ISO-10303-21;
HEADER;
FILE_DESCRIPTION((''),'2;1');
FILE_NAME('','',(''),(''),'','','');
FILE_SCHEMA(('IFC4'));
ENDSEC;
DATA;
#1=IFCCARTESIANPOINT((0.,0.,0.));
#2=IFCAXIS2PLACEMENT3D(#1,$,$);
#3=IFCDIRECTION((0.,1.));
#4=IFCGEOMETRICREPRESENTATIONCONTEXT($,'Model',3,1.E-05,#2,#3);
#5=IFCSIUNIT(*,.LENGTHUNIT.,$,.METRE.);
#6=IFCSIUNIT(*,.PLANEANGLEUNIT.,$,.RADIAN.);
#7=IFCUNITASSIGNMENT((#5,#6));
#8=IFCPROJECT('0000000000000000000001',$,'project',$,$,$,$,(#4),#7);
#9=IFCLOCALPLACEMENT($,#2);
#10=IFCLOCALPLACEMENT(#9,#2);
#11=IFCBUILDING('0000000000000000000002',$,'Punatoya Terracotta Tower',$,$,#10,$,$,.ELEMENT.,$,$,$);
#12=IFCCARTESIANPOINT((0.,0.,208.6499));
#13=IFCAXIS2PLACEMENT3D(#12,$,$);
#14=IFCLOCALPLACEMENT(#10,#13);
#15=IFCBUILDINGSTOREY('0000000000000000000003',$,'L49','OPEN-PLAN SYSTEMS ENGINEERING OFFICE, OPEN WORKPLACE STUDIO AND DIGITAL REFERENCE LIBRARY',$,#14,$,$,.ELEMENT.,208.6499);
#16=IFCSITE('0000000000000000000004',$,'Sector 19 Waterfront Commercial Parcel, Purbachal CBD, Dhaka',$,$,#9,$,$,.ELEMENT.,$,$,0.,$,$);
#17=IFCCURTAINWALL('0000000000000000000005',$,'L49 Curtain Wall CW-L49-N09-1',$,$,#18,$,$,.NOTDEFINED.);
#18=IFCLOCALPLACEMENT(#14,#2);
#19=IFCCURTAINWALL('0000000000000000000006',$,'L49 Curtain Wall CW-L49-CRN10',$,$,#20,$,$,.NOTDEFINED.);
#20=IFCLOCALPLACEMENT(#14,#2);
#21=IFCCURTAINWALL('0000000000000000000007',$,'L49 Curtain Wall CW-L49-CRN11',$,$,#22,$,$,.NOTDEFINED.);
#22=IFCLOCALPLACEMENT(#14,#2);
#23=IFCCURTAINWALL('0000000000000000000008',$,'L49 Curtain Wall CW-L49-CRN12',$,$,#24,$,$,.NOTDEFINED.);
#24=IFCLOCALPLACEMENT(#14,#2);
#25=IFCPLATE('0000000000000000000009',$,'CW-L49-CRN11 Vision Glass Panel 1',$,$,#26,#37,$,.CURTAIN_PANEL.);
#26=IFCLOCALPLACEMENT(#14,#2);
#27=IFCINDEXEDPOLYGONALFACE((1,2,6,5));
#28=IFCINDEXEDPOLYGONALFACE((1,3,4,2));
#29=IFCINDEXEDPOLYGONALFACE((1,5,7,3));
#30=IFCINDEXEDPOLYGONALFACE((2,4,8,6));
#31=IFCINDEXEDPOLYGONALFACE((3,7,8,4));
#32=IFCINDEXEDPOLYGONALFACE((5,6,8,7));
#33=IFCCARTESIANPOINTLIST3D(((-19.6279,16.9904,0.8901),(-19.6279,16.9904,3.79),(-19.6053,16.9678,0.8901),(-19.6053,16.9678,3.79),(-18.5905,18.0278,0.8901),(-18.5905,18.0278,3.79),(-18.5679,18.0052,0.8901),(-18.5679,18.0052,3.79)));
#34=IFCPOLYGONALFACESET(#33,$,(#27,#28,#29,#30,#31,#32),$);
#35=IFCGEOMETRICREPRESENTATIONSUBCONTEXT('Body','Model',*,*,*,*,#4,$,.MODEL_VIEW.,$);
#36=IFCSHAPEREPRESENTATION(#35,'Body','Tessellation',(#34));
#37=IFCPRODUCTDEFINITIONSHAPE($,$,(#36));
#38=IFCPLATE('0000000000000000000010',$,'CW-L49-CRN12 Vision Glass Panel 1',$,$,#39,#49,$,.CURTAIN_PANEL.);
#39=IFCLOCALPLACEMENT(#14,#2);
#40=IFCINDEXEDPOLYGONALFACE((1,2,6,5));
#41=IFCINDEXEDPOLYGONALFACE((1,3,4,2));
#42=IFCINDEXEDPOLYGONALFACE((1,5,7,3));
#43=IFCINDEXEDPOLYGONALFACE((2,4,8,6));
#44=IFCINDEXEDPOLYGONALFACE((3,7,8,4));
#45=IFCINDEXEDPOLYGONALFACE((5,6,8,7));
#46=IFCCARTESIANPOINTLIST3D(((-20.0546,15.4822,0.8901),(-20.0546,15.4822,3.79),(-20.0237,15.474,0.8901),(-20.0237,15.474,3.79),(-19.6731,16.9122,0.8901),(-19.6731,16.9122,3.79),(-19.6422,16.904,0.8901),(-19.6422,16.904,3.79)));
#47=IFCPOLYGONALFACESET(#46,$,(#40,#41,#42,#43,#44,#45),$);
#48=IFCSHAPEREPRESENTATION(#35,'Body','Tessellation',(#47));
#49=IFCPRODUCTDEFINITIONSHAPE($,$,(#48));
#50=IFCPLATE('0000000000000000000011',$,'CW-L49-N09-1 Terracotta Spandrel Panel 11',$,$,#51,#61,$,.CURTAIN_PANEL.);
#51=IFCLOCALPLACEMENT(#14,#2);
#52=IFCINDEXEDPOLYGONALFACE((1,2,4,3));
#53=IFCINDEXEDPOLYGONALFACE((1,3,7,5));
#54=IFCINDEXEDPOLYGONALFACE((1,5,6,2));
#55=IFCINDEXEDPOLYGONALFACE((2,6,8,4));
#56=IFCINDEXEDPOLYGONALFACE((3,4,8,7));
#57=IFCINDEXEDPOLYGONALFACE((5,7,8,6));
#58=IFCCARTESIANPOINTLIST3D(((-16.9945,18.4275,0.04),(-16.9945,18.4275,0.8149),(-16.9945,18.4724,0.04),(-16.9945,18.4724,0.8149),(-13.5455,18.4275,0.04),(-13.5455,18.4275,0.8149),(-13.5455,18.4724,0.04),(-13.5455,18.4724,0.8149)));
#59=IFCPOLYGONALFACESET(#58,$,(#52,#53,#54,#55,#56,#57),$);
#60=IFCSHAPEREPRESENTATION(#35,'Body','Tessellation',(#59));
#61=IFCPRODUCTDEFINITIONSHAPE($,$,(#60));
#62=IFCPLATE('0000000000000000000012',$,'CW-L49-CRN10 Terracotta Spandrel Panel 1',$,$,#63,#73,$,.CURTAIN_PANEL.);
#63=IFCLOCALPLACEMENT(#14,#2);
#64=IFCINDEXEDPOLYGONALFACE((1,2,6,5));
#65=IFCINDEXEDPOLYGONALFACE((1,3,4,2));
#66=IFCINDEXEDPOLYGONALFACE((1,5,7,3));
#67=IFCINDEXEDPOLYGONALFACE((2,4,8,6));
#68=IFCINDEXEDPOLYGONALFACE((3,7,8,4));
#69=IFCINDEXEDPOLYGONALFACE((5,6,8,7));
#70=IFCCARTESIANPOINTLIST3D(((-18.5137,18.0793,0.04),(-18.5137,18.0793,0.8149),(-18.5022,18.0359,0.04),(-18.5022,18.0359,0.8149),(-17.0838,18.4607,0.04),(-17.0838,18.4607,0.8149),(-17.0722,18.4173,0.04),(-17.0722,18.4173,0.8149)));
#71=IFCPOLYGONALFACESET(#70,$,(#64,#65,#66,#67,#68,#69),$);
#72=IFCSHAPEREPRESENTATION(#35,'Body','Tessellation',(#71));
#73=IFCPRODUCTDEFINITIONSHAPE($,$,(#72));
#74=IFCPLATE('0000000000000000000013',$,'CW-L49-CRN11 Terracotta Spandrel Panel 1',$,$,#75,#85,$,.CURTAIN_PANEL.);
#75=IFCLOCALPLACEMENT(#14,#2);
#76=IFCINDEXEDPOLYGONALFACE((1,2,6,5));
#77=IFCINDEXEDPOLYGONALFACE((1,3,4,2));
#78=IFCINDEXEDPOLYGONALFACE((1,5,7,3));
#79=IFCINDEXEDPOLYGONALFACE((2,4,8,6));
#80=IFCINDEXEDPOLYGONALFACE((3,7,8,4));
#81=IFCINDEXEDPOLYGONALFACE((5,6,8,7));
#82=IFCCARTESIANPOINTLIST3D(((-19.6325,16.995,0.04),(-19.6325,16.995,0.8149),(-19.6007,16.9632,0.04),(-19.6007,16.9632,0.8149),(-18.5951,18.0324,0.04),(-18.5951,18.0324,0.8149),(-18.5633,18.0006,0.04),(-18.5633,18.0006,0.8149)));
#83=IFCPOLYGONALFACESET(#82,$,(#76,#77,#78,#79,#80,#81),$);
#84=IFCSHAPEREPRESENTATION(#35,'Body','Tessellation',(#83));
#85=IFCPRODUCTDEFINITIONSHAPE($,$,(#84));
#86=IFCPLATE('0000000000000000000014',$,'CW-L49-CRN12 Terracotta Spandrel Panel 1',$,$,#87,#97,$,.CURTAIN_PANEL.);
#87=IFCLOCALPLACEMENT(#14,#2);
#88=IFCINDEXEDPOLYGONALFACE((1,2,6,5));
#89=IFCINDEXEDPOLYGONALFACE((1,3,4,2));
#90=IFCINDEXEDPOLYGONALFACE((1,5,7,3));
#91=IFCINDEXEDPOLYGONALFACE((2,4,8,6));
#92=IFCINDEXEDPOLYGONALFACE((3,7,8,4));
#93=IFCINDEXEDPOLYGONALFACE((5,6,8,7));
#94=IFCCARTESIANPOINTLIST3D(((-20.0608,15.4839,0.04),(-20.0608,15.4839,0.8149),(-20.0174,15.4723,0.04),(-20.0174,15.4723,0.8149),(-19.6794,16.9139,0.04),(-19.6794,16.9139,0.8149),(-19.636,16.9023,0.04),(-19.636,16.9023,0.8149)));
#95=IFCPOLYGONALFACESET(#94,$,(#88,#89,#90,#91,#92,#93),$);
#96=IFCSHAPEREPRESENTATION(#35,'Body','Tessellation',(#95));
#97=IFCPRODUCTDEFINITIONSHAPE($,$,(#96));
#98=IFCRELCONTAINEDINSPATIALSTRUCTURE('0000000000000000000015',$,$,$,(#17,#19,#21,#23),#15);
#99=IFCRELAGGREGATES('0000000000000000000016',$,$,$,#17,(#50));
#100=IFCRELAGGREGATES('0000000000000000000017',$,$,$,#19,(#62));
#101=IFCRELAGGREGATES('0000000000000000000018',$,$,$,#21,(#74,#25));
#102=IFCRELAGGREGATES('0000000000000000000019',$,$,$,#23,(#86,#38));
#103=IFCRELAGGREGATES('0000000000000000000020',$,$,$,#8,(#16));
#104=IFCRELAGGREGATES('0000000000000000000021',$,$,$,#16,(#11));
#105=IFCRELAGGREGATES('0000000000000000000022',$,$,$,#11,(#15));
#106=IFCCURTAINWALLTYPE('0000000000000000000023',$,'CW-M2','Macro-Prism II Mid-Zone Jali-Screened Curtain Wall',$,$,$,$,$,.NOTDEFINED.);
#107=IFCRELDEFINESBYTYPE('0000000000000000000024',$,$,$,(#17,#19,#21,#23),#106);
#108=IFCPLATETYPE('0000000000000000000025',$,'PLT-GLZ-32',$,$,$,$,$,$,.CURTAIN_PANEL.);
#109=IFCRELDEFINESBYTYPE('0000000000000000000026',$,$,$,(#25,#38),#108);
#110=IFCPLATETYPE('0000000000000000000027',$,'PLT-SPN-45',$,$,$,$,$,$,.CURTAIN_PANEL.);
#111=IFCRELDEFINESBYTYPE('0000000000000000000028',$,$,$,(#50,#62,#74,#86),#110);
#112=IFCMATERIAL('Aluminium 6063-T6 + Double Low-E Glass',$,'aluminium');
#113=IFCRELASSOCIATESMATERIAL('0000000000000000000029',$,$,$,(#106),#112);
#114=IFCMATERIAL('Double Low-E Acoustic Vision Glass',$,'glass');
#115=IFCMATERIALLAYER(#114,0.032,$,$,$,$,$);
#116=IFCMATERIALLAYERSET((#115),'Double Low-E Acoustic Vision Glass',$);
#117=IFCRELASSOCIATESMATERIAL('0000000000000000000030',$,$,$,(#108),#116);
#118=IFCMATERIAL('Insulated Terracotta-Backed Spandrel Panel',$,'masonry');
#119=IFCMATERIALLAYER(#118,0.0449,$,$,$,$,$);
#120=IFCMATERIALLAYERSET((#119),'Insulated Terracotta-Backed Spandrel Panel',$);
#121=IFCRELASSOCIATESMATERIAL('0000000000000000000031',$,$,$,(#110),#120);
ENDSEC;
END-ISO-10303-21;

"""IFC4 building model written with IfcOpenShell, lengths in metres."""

from ifc_helpers import new_model, si_unit, direction, frame, origin, origin_2d, place, context, subcontext, project, spatial, rectangle, extrude, material, layer, layer_set, type_object, element, aggregate, save


model = new_model("IFC4")

# Units and contexts
model_context = context("Model", 3, precision=1e-05, world=origin(), true_north=direction((0.0, 1.0)))
body_context = subcontext(model_context, "Body", "Model", "MODEL_VIEW")
ifc_project = project(units=[si_unit("LENGTHUNIT", "METRE"), si_unit("PLANEANGLEUNIT", "RADIAN")], contexts=[model_context])

# Site, building, storey
site_placement = place(None, origin())
site = spatial("IfcSite", under=ifc_project, at=site_placement, Name="Sector 19 Waterfront Commercial Parcel, Purbachal CBD, Dhaka", CompositionType="ELEMENT", RefElevation=0.0)
building_placement = place(site_placement, origin())
building = spatial("IfcBuilding", under=site, at=building_placement, Name="Punatoya Terracotta Tower", CompositionType="ELEMENT")
storey_placement = place(building_placement, frame((0.0, 0.0, 208.6499)))
storey = spatial("IfcBuildingStorey", under=building, at=storey_placement, Name="L49", Description="OPEN-PLAN SYSTEMS ENGINEERING OFFICE, OPEN WORKPLACE STUDIO AND DIGITAL REFERENCE LIBRARY", CompositionType="ELEMENT", Elevation=208.6499)

# Curtain walls
ifc_material_1 = material(Name="Aluminium 6063-T6 + Double Low-E Glass", Category="aluminium")
curtain_wall_type = type_object("IfcCurtainWallType", Name="CW-M2", Description="Macro-Prism II Mid-Zone Jali-Screened Curtain Wall", PredefinedType="NOTDEFINED", material=ifc_material_1)
curtain_wall_1_placement = place(storey_placement, origin())
curtain_wall_1 = element("IfcCurtainWall", 1, at=curtain_wall_1_placement, inside=storey, type_object=curtain_wall_type, Name="L49 Curtain Wall CW-L49-N09-1", PredefinedType="NOTDEFINED")
curtain_wall_2_placement = place(storey_placement, origin())
curtain_wall_2 = element("IfcCurtainWall", 2, at=curtain_wall_2_placement, inside=storey, type_object=curtain_wall_type, Name="L49 Curtain Wall CW-L49-CRN10", PredefinedType="NOTDEFINED")
curtain_wall_3_placement = place(storey_placement, origin())
curtain_wall_3 = element("IfcCurtainWall", 3, at=curtain_wall_3_placement, inside=storey, type_object=curtain_wall_type, Name="L49 Curtain Wall CW-L49-CRN11", PredefinedType="NOTDEFINED")

# Curtain wall
curtain_wall_4_placement = place(storey_placement, origin())
curtain_wall_4 = element("IfcCurtainWall", 4, at=curtain_wall_4_placement, inside=storey, type_object=curtain_wall_type, Name="L49 Curtain Wall CW-L49-CRN12", PredefinedType="NOTDEFINED")

# Plates
ifc_material_2 = material(Name="Double Low-E Acoustic Vision Glass", Category="glass")
ifc_layer_1 = layer(ifc_material_2, 0.032)
ifc_layer_set_1 = layer_set([ifc_layer_1], Name="Double Low-E Acoustic Vision Glass")
plate_type_1 = type_object("IfcPlateType", Name="PLT-GLZ-32", PredefinedType="CURTAIN_PANEL", material=ifc_layer_set_1)
plate_1_placement = place(storey_placement, frame((-19.0979, 17.4978, 0.8901), z_axis=(0.0, 0.0, 1.0), x_axis=(-0.707107, -0.707107, 0.0)))
plate_1 = element("IfcPlate", 5, at=plate_1_placement, type_object=plate_type_1, Name="CW-L49-CRN11 Vision Glass Panel 1", PredefinedType="CURTAIN_PANEL", context=body_context, shape_type="SweptSolid", body=[
    extrude(rectangle(XDim=1.467, YDim=0.032, at=origin_2d()), origin(), (0.0, 0.0, 1.0), 2.8999),
])
plate_2_placement = place(storey_placement, frame((-19.8484, 16.1931, 0.8901), z_axis=(0.0, 0.0, 1.0), x_axis=(-0.257742, -0.966214, 0.0)))
plate_2 = element("IfcPlate", 6, at=plate_2_placement, type_object=plate_type_1, Name="CW-L49-CRN12 Vision Glass Panel 1", PredefinedType="CURTAIN_PANEL", context=body_context, shape_type="SweptSolid", body=[
    extrude(rectangle(XDim=1.48, YDim=0.032, at=origin_2d()), origin(), (0.0, 0.0, 1.0), 2.8999),
])
ifc_material_3 = material(Name="Insulated Terracotta-Backed Spandrel Panel", Category="masonry")
ifc_layer_2 = layer(ifc_material_3, 0.0449)
ifc_layer_set_2 = layer_set([ifc_layer_2], Name="Insulated Terracotta-Backed Spandrel Panel")
plate_type_2 = type_object("IfcPlateType", Name="PLT-SPN-45", PredefinedType="CURTAIN_PANEL", material=ifc_layer_set_2)
plate_3_placement = place(storey_placement, frame((-15.27, 18.45, 0.04), z_axis=(0.0, 0.0, 1.0), x_axis=(-1.0, 0.0, 0.0)))
plate_3 = element("IfcPlate", 7, at=plate_3_placement, type_object=plate_type_2, Name="CW-L49-N09-1 Terracotta Spandrel Panel 11", PredefinedType="CURTAIN_PANEL", context=body_context, shape_type="SweptSolid", body=[
    extrude(rectangle(XDim=3.449, YDim=0.0449, at=origin_2d()), origin(), (0.0, 0.0, 1.0), 0.7749),
])
aggregate(curtain_wall_1, [plate_3])
plate_4_placement = place(storey_placement, frame((-17.793, 18.2483, 0.04), z_axis=(0.0, 0.0, 1.0), x_axis=(-0.966214, -0.257742, 0.0)))
plate_4 = element("IfcPlate", 8, at=plate_4_placement, type_object=plate_type_2, Name="CW-L49-CRN10 Terracotta Spandrel Panel 1", PredefinedType="CURTAIN_PANEL", context=body_context, shape_type="SweptSolid", body=[
    extrude(rectangle(XDim=1.48, YDim=0.0449, at=origin_2d()), origin(), (0.0, 0.0, 1.0), 0.7749),
])
aggregate(curtain_wall_2, [plate_4])
plate_5_placement = place(storey_placement, frame((-19.0979, 17.4978, 0.04), z_axis=(0.0, 0.0, 1.0), x_axis=(-0.707107, -0.707107, 0.0)))
plate_5 = element("IfcPlate", 9, at=plate_5_placement, type_object=plate_type_2, Name="CW-L49-CRN11 Terracotta Spandrel Panel 1", PredefinedType="CURTAIN_PANEL", context=body_context, shape_type="SweptSolid", body=[
    extrude(rectangle(XDim=1.467, YDim=0.0449, at=origin_2d()), origin(), (0.0, 0.0, 1.0), 0.7749),
])
aggregate(curtain_wall_3, [plate_5, plate_1])
plate_6_placement = place(storey_placement, frame((-19.8484, 16.1931, 0.04), z_axis=(0.0, 0.0, 1.0), x_axis=(-0.257742, -0.966214, 0.0)))
plate_6 = element("IfcPlate", 10, at=plate_6_placement, type_object=plate_type_2, Name="CW-L49-CRN12 Terracotta Spandrel Panel 1", PredefinedType="CURTAIN_PANEL", context=body_context, shape_type="SweptSolid", body=[
    extrude(rectangle(XDim=1.48, YDim=0.0449, at=origin_2d()), origin(), (0.0, 0.0, 1.0), 0.7749),
])
aggregate(curtain_wall_4, [plate_6, plate_2])

save(model, "model.ifc")
